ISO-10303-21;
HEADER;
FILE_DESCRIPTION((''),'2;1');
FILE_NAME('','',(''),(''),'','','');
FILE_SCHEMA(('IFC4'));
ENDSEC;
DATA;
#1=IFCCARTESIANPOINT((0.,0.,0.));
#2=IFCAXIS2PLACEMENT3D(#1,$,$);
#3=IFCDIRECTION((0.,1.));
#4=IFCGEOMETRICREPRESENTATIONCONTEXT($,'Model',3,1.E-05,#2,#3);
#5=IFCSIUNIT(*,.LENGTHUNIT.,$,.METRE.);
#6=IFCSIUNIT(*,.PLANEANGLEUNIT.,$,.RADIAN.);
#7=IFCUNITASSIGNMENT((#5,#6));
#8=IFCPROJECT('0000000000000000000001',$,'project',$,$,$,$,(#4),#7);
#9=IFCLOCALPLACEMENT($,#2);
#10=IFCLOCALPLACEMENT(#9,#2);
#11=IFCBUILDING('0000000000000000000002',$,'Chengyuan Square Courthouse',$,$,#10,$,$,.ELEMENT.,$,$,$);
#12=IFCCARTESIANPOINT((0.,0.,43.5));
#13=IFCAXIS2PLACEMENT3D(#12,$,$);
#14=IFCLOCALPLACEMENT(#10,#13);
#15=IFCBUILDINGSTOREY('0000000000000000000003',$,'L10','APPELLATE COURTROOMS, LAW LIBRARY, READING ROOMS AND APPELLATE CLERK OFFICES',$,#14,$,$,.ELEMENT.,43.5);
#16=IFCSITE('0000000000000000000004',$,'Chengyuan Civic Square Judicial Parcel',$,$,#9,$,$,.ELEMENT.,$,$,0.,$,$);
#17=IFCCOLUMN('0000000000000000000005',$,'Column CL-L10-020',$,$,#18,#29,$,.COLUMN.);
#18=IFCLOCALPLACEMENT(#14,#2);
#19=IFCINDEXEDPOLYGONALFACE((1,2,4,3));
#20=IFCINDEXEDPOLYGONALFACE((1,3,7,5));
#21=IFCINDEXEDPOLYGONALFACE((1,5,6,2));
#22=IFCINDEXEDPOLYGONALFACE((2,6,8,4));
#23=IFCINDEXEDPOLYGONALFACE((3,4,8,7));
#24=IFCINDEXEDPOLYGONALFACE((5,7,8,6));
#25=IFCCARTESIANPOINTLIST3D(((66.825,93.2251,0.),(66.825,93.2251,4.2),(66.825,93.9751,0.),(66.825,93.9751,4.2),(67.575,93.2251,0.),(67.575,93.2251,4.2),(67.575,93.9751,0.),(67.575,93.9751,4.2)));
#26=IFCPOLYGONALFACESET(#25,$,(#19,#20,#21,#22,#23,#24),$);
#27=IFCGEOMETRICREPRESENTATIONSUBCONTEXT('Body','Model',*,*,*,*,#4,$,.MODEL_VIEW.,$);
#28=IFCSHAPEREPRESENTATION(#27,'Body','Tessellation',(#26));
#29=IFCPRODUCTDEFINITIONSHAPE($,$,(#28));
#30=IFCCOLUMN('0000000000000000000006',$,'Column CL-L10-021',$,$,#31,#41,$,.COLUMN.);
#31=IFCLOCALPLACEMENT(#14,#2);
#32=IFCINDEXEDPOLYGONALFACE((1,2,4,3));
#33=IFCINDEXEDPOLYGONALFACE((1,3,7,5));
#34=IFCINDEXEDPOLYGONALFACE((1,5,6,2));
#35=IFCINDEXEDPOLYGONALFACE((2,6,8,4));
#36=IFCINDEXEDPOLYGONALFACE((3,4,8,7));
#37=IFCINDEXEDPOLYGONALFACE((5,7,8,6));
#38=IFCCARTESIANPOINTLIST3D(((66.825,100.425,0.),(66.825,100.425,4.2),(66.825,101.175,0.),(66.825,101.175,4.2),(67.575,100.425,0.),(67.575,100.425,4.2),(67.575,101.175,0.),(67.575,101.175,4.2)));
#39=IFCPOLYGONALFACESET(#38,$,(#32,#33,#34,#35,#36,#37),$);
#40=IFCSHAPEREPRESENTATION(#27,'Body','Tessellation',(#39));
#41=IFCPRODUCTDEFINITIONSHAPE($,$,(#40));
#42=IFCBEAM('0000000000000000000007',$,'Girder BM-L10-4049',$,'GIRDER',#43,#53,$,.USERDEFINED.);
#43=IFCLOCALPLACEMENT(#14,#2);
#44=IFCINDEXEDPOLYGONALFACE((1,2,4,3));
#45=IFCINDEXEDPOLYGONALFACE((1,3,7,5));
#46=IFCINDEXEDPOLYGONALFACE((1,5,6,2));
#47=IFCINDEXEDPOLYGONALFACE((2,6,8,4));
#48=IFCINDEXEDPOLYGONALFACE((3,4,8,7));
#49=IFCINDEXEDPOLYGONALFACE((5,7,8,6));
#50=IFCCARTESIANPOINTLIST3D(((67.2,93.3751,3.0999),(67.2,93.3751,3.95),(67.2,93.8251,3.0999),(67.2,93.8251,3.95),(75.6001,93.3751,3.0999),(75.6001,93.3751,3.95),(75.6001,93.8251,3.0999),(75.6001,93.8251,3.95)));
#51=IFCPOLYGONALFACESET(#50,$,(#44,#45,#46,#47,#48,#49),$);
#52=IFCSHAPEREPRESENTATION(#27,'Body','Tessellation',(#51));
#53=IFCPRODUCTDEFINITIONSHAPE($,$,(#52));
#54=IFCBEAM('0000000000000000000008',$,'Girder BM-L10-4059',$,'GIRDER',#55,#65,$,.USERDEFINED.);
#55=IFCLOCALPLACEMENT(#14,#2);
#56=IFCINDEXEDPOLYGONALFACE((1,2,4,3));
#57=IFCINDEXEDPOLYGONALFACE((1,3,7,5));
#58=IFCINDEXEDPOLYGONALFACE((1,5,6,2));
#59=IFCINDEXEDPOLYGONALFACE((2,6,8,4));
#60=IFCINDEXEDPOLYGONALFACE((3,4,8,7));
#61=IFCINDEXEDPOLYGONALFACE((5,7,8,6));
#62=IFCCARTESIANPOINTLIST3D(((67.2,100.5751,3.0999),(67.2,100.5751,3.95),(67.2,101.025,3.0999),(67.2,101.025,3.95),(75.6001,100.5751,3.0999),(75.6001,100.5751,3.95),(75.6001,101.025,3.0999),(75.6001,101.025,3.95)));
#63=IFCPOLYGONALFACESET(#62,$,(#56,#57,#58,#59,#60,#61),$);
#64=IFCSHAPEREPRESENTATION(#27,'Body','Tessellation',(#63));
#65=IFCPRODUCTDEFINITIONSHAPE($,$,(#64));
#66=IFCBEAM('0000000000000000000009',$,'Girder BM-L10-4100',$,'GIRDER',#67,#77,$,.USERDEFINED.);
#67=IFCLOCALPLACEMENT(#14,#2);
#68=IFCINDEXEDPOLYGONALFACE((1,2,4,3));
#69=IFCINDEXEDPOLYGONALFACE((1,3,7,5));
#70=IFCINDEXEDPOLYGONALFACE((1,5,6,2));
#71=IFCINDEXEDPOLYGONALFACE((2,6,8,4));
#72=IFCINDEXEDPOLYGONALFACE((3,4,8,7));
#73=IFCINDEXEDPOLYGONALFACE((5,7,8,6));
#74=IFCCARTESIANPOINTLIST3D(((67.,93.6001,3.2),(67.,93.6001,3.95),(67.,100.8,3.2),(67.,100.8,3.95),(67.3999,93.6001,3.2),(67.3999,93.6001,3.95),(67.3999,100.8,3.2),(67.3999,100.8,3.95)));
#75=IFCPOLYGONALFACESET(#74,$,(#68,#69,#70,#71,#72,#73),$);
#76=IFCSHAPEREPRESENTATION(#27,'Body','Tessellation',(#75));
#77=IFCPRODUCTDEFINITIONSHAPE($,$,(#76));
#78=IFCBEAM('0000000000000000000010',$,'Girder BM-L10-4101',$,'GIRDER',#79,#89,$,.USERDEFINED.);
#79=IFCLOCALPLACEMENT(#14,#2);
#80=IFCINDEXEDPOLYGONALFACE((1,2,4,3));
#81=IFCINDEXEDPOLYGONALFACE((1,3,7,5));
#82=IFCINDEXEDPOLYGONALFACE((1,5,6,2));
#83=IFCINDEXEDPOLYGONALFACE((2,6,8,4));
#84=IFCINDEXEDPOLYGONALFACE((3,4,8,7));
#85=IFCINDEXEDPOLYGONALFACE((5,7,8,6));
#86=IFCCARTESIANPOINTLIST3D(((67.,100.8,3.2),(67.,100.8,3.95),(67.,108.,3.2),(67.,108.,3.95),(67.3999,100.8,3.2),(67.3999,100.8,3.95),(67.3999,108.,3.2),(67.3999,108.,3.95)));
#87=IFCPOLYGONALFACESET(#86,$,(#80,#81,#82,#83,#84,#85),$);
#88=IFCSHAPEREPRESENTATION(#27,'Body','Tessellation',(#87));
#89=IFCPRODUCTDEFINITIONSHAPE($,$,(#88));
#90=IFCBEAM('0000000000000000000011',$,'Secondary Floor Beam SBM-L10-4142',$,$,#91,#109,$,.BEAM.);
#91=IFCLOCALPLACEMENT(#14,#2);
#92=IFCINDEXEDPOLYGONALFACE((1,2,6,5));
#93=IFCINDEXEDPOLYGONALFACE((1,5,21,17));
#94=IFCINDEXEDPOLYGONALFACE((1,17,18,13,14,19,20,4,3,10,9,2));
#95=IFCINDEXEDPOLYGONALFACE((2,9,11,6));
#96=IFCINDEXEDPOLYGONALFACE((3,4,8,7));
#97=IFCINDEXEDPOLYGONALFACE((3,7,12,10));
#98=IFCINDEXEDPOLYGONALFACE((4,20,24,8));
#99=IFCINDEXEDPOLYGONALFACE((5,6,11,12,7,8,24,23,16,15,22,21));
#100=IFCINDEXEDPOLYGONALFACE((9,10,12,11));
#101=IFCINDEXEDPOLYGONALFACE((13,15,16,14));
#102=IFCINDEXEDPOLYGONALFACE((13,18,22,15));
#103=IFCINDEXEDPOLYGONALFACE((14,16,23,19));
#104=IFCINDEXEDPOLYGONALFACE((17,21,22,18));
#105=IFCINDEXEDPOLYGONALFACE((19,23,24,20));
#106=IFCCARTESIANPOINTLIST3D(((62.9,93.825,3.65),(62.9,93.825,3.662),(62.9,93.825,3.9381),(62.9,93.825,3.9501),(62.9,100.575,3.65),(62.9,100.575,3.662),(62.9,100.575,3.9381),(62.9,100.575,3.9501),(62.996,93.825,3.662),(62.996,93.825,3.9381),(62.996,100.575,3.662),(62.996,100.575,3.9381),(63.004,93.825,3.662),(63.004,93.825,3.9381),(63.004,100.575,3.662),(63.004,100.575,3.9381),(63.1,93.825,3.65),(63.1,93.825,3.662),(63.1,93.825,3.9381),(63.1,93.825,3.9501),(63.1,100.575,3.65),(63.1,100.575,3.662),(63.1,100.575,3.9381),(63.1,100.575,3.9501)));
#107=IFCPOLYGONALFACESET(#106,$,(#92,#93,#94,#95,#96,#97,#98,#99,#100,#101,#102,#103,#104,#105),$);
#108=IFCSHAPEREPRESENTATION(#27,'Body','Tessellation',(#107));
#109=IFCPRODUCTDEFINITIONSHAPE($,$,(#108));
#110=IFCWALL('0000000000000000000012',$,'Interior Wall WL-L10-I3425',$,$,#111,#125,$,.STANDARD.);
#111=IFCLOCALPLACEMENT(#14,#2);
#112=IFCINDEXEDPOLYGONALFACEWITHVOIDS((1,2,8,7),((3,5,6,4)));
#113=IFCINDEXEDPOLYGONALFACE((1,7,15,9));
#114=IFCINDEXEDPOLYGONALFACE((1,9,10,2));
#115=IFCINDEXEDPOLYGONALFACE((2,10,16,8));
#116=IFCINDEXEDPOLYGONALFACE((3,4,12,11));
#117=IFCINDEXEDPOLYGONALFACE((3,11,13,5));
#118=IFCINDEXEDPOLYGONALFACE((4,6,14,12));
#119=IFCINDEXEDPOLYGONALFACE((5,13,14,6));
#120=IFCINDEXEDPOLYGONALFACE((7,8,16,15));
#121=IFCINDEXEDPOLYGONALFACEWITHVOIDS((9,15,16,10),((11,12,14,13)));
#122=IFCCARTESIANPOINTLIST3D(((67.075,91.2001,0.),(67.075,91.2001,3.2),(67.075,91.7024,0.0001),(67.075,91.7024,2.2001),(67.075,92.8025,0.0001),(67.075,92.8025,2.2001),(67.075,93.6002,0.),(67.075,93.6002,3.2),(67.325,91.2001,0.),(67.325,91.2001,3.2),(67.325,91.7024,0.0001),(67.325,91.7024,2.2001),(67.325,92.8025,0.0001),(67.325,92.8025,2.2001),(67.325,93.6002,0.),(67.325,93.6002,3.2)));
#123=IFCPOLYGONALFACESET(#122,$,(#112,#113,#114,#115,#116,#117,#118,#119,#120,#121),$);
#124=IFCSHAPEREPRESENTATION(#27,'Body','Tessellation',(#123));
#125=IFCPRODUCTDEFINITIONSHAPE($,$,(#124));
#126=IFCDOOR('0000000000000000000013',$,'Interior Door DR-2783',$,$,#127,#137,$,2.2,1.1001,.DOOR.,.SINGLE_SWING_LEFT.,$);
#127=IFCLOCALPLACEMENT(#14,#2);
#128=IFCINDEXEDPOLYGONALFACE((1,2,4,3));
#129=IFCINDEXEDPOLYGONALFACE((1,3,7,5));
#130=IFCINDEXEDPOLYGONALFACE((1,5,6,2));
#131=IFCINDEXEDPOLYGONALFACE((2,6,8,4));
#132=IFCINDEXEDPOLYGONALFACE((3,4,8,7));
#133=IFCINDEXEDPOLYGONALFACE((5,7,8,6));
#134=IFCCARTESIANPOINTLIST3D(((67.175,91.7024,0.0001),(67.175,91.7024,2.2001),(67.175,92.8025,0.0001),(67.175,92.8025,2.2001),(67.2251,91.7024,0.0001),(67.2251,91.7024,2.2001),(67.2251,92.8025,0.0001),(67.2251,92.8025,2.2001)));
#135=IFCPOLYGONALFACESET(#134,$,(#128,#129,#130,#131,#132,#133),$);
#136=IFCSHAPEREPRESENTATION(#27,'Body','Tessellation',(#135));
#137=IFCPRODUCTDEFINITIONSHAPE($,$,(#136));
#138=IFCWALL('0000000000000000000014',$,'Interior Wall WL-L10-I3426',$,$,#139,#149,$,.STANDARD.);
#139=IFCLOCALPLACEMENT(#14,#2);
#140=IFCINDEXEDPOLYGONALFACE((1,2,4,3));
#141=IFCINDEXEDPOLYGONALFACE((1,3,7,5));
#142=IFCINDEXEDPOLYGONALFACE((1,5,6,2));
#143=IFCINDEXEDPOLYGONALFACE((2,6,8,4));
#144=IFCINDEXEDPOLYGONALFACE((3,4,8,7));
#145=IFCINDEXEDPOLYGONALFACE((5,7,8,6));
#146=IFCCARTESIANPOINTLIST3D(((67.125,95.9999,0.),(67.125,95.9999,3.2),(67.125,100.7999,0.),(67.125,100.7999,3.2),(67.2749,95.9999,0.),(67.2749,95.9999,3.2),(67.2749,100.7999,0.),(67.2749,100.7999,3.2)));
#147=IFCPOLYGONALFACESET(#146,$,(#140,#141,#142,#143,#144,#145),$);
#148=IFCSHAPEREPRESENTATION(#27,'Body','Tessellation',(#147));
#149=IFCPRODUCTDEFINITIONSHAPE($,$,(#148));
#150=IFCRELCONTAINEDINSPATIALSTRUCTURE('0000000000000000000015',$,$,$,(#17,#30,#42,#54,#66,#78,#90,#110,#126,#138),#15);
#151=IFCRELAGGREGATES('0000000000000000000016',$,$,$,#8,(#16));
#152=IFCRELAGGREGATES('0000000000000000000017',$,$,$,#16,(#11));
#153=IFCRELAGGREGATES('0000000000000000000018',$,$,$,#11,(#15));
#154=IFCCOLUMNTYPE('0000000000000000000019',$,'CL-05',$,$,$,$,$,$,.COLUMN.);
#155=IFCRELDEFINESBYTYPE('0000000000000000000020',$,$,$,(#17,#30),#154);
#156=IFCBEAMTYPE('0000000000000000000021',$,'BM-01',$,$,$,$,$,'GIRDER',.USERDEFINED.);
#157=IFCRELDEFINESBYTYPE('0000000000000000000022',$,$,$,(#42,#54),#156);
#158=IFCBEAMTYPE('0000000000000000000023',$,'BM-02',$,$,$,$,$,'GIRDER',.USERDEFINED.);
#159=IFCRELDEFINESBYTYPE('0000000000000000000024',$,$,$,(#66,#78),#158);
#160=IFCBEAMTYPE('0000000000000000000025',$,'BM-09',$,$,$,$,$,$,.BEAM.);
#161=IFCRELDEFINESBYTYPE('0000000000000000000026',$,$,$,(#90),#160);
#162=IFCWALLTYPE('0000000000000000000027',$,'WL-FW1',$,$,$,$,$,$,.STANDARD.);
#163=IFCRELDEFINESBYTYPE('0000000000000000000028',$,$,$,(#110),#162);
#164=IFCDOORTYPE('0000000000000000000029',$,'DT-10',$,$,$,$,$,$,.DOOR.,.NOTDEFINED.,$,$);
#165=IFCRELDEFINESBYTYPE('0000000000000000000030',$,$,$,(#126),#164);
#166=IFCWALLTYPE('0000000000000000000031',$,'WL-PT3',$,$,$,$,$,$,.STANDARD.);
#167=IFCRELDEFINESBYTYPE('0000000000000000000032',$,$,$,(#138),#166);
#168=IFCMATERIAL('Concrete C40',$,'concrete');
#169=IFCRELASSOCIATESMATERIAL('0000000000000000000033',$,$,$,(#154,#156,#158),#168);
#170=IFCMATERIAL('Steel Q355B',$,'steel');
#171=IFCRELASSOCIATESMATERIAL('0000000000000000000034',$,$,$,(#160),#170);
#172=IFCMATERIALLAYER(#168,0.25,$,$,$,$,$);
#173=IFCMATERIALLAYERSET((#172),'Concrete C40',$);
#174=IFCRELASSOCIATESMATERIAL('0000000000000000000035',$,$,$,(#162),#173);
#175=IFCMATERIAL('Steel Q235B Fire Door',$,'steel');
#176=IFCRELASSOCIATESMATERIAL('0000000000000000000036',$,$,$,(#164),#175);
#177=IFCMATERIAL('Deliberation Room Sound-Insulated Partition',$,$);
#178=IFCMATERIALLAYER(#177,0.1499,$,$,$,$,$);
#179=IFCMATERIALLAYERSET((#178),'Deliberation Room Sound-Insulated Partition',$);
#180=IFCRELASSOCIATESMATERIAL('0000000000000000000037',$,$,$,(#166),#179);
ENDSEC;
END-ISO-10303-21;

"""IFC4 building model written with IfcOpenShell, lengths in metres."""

from ifc_helpers import new_model, si_unit, direction, frame, frame_2d, origin, origin_2d, place, context, subcontext, project, spatial, rectangle, i_section, extrude, material, layer, layer_set, material_profile, profile_set, type_object, element, fill, save


model = new_model("IFC4")

# Units and contexts
model_context = context("Model", 3, precision=1e-05, world=origin(), true_north=direction((0.0, 1.0)))
body_context = subcontext(model_context, "Body", "Model", "MODEL_VIEW")
ifc_project = project(units=[si_unit("LENGTHUNIT", "METRE"), si_unit("PLANEANGLEUNIT", "RADIAN")], contexts=[model_context])

# Site, building, storey
site_placement = place(None, origin())
site = spatial("IfcSite", under=ifc_project, at=site_placement, Name="Chengyuan Civic Square Judicial Parcel", CompositionType="ELEMENT", RefElevation=0.0)
building_placement = place(site_placement, origin())
building = spatial("IfcBuilding", under=site, at=building_placement, Name="Chengyuan Square Courthouse", CompositionType="ELEMENT")
storey_placement = place(building_placement, frame((0.0, 0.0, 43.5)))
storey = spatial("IfcBuildingStorey", under=building, at=storey_placement, Name="L10", Description="APPELLATE COURTROOMS, LAW LIBRARY, READING ROOMS AND APPELLATE CLERK OFFICES", CompositionType="ELEMENT", Elevation=43.5)

# Columns
ifc_material_1 = material(Name="Concrete C40", Category="concrete")
ifc_material_profile_1 = material_profile(ifc_material_1, rectangle(XDim=0.75, YDim=0.75, at=origin_2d()), Name="RC-COL-750x750")
ifc_profile_set_1 = profile_set([ifc_material_profile_1], Name="Concrete C40")
column_type = type_object("IfcColumnType", Name="CL-05", PredefinedType="COLUMN", material=ifc_profile_set_1)
for number, where, z_axis, x_axis, name in (
    (1, (67.2, 93.6001, 0.0), (0.0, 0.0, 1.0), (1.0, 0.0, 0.0), "Column CL-L10-020"),
    (2, (67.2, 100.8, 0.0), (0.0, 0.0, 1.0), (1.0, 0.0, 0.0), "Column CL-L10-021"),
):
    element("IfcColumn", number, at=place(storey_placement, frame(where, z_axis=z_axis, x_axis=x_axis)), inside=storey, type_object=column_type, Name=name, PredefinedType="COLUMN", context=body_context, shape_type="SweptSolid", body=[
        extrude(rectangle(XDim=0.75, YDim=0.75, at=origin_2d()), origin(), (0.0, 0.0, 1.0), 4.2),
    ])

# Beams
ifc_material_profile_2 = material_profile(ifc_material_1, rectangle(XDim=0.45, YDim=0.8501, at=origin_2d()), Name="RC-BM-450x850")
ifc_profile_set_2 = profile_set([ifc_material_profile_2], Name="Concrete C40")
beam_type_1 = type_object("IfcBeamType", Name="BM-01", ElementType="GIRDER", PredefinedType="USERDEFINED", material=ifc_profile_set_2)
for number, where, z_axis, x_axis, name in (
    (3, (67.2, 93.6001, 3.5249), (1.0, 0.0, 0.0), (0.0, 1.0, 0.0), "Girder BM-L10-4049"),
    (4, (67.2, 100.8, 3.5249), (1.0, 0.0, 0.0), (0.0, 1.0, 0.0), "Girder BM-L10-4059"),
):
    element("IfcBeam", number, at=place(storey_placement, frame(where, z_axis=z_axis, x_axis=x_axis)), inside=storey, type_object=beam_type_1, Name=name, ObjectType="GIRDER", PredefinedType="USERDEFINED", context=body_context, shape_type="SweptSolid", body=[
        extrude(rectangle(XDim=0.45, YDim=0.8501, at=origin_2d()), origin(), (0.0, 0.0, 1.0), 8.4001),
    ])
ifc_material_profile_3 = material_profile(ifc_material_1, rectangle(XDim=0.3999, YDim=0.75, at=origin_2d()), Name="RC-BM-400x750")
ifc_profile_set_3 = profile_set([ifc_material_profile_3], Name="Concrete C40")
beam_type_2 = type_object("IfcBeamType", Name="BM-02", ElementType="GIRDER", PredefinedType="USERDEFINED", material=ifc_profile_set_3)
for number, where, z_axis, x_axis, name in (
    (5, (67.2, 93.6001, 3.575), (0.0, 1.0, 0.0), (-1.0, 0.0, 0.0), "Girder BM-L10-4100"),
    (6, (67.2, 100.8, 3.575), (0.0, 1.0, 0.0), (-1.0, 0.0, 0.0), "Girder BM-L10-4101"),
):
    element("IfcBeam", number, at=place(storey_placement, frame(where, z_axis=z_axis, x_axis=x_axis)), inside=storey, type_object=beam_type_2, Name=name, ObjectType="GIRDER", PredefinedType="USERDEFINED", context=body_context, shape_type="SweptSolid", body=[
        extrude(rectangle(XDim=0.3999, YDim=0.75, at=origin_2d()), origin(), (0.0, 0.0, 1.0), 7.2),
    ])
ifc_material_2 = material(Name="Steel Q355B", Category="steel")
ifc_material_profile_4 = material_profile(ifc_material_2, i_section(OverallWidth=0.2, OverallDepth=0.3, WebThickness=0.0081, FlangeThickness=0.012, at=origin_2d()), Name="HM 300x200x8x12")
ifc_profile_set_4 = profile_set([ifc_material_profile_4], Name="Steel Q355B")
beam_type_3 = type_object("IfcBeamType", Name="BM-09", PredefinedType="BEAM", material=ifc_profile_set_4)
beam_placement = place(storey_placement, frame((63.0, 93.825, 3.8), z_axis=(0.0, 1.0, 0.0), x_axis=(-1.0, 0.0, 0.0)))
element("IfcBeam", 7, at=beam_placement, inside=storey, type_object=beam_type_3, Name="Secondary Floor Beam SBM-L10-4142", PredefinedType="BEAM", context=body_context, shape_type="SweptSolid", body=[
    extrude(i_section(OverallWidth=0.2, OverallDepth=0.3, WebThickness=0.0081, FlangeThickness=0.012, at=origin_2d()), origin(), (0.0, 0.0, 1.0), 6.75),
])

# Wall, opening, door
ifc_layer_1 = layer(ifc_material_1, 0.25)
ifc_layer_set_1 = layer_set([ifc_layer_1], Name="Concrete C40")
wall_type_1 = type_object("IfcWallType", Name="WL-FW1", PredefinedType="STANDARD", material=ifc_layer_set_1)
wall_1_placement = place(storey_placement, frame((67.2, 91.2, 0.0), z_axis=(0.0, 0.0, 1.0), x_axis=(0.0, 1.0, 0.0)))
wall_1 = element("IfcWall", 8, at=wall_1_placement, inside=storey, type_object=wall_type_1, Name="Interior Wall WL-L10-I3425", PredefinedType="STANDARD", context=body_context, shape_type="SweptSolid", body=[
    extrude(rectangle(XDim=2.4001, YDim=0.25, at=frame_2d((1.2002, 0.0))), origin(), (0.0, 0.0, 1.0), 3.2),
])
opening_1_placement = place(wall_1_placement, frame((0.5024, 0.0, 0.0)))
opening_1 = element("IfcOpeningElement", 9, at=opening_1_placement, cuts=wall_1, PredefinedType="OPENING", context=body_context, shape_type="SweptSolid", body=[
    extrude(rectangle(XDim=1.1001, YDim=2.2, at=frame_2d((0.55, 1.1001))), frame((0.0, 0.137, 0.0), z_axis=(0.0, -1.0, 0.0), x_axis=(1.0, 0.0, 0.0)), (0.0, 0.0, 1.0), 0.2739),
])
ifc_material_3 = material(Name="Steel Q235B Fire Door", Category="steel")
door_type_1 = type_object("IfcDoorType", Name="DT-10", OperationType="NOTDEFINED", PredefinedType="DOOR", material=ifc_material_3)
door_1_placement = place(opening_1_placement, origin())
door_1 = element("IfcDoor", 10, at=door_1_placement, inside=storey, type_object=door_type_1, Name="Interior Door DR-2783", OperationType="SINGLE_SWING_LEFT", OverallHeight=2.2, OverallWidth=1.1001, PredefinedType="DOOR", context=body_context, shape_type="SweptSolid", body=[
    extrude(rectangle(XDim=1.1001, YDim=2.2, at=frame_2d((0.55, 1.1001))), frame((0.0, 0.0249, 0.0), z_axis=(0.0, -1.0, 0.0), x_axis=(1.0, 0.0, 0.0)), (0.0, 0.0, 1.0), 0.05),
])
fill(opening_1, door_1)

# Wall
ifc_material_4 = material(Name="Deliberation Room Sound-Insulated Partition")
ifc_layer_2 = layer(ifc_material_4, 0.1499)
ifc_layer_set_2 = layer_set([ifc_layer_2], Name="Deliberation Room Sound-Insulated Partition")
wall_type_2 = type_object("IfcWallType", Name="WL-PT3", PredefinedType="STANDARD", material=ifc_layer_set_2)
wall_2_placement = place(storey_placement, frame((67.2, 96.0, 0.0), z_axis=(0.0, 0.0, 1.0), x_axis=(0.0, 1.0, 0.0)))
element("IfcWall", 11, at=wall_2_placement, inside=storey, type_object=wall_type_2, Name="Interior Wall WL-L10-I3426", PredefinedType="STANDARD", context=body_context, shape_type="SweptSolid", body=[
    extrude(rectangle(XDim=4.8, YDim=0.1499, at=frame_2d((2.3999, 0.0))), origin(), (0.0, 0.0, 1.0), 3.2),
])

save(model, "model.ifc")
